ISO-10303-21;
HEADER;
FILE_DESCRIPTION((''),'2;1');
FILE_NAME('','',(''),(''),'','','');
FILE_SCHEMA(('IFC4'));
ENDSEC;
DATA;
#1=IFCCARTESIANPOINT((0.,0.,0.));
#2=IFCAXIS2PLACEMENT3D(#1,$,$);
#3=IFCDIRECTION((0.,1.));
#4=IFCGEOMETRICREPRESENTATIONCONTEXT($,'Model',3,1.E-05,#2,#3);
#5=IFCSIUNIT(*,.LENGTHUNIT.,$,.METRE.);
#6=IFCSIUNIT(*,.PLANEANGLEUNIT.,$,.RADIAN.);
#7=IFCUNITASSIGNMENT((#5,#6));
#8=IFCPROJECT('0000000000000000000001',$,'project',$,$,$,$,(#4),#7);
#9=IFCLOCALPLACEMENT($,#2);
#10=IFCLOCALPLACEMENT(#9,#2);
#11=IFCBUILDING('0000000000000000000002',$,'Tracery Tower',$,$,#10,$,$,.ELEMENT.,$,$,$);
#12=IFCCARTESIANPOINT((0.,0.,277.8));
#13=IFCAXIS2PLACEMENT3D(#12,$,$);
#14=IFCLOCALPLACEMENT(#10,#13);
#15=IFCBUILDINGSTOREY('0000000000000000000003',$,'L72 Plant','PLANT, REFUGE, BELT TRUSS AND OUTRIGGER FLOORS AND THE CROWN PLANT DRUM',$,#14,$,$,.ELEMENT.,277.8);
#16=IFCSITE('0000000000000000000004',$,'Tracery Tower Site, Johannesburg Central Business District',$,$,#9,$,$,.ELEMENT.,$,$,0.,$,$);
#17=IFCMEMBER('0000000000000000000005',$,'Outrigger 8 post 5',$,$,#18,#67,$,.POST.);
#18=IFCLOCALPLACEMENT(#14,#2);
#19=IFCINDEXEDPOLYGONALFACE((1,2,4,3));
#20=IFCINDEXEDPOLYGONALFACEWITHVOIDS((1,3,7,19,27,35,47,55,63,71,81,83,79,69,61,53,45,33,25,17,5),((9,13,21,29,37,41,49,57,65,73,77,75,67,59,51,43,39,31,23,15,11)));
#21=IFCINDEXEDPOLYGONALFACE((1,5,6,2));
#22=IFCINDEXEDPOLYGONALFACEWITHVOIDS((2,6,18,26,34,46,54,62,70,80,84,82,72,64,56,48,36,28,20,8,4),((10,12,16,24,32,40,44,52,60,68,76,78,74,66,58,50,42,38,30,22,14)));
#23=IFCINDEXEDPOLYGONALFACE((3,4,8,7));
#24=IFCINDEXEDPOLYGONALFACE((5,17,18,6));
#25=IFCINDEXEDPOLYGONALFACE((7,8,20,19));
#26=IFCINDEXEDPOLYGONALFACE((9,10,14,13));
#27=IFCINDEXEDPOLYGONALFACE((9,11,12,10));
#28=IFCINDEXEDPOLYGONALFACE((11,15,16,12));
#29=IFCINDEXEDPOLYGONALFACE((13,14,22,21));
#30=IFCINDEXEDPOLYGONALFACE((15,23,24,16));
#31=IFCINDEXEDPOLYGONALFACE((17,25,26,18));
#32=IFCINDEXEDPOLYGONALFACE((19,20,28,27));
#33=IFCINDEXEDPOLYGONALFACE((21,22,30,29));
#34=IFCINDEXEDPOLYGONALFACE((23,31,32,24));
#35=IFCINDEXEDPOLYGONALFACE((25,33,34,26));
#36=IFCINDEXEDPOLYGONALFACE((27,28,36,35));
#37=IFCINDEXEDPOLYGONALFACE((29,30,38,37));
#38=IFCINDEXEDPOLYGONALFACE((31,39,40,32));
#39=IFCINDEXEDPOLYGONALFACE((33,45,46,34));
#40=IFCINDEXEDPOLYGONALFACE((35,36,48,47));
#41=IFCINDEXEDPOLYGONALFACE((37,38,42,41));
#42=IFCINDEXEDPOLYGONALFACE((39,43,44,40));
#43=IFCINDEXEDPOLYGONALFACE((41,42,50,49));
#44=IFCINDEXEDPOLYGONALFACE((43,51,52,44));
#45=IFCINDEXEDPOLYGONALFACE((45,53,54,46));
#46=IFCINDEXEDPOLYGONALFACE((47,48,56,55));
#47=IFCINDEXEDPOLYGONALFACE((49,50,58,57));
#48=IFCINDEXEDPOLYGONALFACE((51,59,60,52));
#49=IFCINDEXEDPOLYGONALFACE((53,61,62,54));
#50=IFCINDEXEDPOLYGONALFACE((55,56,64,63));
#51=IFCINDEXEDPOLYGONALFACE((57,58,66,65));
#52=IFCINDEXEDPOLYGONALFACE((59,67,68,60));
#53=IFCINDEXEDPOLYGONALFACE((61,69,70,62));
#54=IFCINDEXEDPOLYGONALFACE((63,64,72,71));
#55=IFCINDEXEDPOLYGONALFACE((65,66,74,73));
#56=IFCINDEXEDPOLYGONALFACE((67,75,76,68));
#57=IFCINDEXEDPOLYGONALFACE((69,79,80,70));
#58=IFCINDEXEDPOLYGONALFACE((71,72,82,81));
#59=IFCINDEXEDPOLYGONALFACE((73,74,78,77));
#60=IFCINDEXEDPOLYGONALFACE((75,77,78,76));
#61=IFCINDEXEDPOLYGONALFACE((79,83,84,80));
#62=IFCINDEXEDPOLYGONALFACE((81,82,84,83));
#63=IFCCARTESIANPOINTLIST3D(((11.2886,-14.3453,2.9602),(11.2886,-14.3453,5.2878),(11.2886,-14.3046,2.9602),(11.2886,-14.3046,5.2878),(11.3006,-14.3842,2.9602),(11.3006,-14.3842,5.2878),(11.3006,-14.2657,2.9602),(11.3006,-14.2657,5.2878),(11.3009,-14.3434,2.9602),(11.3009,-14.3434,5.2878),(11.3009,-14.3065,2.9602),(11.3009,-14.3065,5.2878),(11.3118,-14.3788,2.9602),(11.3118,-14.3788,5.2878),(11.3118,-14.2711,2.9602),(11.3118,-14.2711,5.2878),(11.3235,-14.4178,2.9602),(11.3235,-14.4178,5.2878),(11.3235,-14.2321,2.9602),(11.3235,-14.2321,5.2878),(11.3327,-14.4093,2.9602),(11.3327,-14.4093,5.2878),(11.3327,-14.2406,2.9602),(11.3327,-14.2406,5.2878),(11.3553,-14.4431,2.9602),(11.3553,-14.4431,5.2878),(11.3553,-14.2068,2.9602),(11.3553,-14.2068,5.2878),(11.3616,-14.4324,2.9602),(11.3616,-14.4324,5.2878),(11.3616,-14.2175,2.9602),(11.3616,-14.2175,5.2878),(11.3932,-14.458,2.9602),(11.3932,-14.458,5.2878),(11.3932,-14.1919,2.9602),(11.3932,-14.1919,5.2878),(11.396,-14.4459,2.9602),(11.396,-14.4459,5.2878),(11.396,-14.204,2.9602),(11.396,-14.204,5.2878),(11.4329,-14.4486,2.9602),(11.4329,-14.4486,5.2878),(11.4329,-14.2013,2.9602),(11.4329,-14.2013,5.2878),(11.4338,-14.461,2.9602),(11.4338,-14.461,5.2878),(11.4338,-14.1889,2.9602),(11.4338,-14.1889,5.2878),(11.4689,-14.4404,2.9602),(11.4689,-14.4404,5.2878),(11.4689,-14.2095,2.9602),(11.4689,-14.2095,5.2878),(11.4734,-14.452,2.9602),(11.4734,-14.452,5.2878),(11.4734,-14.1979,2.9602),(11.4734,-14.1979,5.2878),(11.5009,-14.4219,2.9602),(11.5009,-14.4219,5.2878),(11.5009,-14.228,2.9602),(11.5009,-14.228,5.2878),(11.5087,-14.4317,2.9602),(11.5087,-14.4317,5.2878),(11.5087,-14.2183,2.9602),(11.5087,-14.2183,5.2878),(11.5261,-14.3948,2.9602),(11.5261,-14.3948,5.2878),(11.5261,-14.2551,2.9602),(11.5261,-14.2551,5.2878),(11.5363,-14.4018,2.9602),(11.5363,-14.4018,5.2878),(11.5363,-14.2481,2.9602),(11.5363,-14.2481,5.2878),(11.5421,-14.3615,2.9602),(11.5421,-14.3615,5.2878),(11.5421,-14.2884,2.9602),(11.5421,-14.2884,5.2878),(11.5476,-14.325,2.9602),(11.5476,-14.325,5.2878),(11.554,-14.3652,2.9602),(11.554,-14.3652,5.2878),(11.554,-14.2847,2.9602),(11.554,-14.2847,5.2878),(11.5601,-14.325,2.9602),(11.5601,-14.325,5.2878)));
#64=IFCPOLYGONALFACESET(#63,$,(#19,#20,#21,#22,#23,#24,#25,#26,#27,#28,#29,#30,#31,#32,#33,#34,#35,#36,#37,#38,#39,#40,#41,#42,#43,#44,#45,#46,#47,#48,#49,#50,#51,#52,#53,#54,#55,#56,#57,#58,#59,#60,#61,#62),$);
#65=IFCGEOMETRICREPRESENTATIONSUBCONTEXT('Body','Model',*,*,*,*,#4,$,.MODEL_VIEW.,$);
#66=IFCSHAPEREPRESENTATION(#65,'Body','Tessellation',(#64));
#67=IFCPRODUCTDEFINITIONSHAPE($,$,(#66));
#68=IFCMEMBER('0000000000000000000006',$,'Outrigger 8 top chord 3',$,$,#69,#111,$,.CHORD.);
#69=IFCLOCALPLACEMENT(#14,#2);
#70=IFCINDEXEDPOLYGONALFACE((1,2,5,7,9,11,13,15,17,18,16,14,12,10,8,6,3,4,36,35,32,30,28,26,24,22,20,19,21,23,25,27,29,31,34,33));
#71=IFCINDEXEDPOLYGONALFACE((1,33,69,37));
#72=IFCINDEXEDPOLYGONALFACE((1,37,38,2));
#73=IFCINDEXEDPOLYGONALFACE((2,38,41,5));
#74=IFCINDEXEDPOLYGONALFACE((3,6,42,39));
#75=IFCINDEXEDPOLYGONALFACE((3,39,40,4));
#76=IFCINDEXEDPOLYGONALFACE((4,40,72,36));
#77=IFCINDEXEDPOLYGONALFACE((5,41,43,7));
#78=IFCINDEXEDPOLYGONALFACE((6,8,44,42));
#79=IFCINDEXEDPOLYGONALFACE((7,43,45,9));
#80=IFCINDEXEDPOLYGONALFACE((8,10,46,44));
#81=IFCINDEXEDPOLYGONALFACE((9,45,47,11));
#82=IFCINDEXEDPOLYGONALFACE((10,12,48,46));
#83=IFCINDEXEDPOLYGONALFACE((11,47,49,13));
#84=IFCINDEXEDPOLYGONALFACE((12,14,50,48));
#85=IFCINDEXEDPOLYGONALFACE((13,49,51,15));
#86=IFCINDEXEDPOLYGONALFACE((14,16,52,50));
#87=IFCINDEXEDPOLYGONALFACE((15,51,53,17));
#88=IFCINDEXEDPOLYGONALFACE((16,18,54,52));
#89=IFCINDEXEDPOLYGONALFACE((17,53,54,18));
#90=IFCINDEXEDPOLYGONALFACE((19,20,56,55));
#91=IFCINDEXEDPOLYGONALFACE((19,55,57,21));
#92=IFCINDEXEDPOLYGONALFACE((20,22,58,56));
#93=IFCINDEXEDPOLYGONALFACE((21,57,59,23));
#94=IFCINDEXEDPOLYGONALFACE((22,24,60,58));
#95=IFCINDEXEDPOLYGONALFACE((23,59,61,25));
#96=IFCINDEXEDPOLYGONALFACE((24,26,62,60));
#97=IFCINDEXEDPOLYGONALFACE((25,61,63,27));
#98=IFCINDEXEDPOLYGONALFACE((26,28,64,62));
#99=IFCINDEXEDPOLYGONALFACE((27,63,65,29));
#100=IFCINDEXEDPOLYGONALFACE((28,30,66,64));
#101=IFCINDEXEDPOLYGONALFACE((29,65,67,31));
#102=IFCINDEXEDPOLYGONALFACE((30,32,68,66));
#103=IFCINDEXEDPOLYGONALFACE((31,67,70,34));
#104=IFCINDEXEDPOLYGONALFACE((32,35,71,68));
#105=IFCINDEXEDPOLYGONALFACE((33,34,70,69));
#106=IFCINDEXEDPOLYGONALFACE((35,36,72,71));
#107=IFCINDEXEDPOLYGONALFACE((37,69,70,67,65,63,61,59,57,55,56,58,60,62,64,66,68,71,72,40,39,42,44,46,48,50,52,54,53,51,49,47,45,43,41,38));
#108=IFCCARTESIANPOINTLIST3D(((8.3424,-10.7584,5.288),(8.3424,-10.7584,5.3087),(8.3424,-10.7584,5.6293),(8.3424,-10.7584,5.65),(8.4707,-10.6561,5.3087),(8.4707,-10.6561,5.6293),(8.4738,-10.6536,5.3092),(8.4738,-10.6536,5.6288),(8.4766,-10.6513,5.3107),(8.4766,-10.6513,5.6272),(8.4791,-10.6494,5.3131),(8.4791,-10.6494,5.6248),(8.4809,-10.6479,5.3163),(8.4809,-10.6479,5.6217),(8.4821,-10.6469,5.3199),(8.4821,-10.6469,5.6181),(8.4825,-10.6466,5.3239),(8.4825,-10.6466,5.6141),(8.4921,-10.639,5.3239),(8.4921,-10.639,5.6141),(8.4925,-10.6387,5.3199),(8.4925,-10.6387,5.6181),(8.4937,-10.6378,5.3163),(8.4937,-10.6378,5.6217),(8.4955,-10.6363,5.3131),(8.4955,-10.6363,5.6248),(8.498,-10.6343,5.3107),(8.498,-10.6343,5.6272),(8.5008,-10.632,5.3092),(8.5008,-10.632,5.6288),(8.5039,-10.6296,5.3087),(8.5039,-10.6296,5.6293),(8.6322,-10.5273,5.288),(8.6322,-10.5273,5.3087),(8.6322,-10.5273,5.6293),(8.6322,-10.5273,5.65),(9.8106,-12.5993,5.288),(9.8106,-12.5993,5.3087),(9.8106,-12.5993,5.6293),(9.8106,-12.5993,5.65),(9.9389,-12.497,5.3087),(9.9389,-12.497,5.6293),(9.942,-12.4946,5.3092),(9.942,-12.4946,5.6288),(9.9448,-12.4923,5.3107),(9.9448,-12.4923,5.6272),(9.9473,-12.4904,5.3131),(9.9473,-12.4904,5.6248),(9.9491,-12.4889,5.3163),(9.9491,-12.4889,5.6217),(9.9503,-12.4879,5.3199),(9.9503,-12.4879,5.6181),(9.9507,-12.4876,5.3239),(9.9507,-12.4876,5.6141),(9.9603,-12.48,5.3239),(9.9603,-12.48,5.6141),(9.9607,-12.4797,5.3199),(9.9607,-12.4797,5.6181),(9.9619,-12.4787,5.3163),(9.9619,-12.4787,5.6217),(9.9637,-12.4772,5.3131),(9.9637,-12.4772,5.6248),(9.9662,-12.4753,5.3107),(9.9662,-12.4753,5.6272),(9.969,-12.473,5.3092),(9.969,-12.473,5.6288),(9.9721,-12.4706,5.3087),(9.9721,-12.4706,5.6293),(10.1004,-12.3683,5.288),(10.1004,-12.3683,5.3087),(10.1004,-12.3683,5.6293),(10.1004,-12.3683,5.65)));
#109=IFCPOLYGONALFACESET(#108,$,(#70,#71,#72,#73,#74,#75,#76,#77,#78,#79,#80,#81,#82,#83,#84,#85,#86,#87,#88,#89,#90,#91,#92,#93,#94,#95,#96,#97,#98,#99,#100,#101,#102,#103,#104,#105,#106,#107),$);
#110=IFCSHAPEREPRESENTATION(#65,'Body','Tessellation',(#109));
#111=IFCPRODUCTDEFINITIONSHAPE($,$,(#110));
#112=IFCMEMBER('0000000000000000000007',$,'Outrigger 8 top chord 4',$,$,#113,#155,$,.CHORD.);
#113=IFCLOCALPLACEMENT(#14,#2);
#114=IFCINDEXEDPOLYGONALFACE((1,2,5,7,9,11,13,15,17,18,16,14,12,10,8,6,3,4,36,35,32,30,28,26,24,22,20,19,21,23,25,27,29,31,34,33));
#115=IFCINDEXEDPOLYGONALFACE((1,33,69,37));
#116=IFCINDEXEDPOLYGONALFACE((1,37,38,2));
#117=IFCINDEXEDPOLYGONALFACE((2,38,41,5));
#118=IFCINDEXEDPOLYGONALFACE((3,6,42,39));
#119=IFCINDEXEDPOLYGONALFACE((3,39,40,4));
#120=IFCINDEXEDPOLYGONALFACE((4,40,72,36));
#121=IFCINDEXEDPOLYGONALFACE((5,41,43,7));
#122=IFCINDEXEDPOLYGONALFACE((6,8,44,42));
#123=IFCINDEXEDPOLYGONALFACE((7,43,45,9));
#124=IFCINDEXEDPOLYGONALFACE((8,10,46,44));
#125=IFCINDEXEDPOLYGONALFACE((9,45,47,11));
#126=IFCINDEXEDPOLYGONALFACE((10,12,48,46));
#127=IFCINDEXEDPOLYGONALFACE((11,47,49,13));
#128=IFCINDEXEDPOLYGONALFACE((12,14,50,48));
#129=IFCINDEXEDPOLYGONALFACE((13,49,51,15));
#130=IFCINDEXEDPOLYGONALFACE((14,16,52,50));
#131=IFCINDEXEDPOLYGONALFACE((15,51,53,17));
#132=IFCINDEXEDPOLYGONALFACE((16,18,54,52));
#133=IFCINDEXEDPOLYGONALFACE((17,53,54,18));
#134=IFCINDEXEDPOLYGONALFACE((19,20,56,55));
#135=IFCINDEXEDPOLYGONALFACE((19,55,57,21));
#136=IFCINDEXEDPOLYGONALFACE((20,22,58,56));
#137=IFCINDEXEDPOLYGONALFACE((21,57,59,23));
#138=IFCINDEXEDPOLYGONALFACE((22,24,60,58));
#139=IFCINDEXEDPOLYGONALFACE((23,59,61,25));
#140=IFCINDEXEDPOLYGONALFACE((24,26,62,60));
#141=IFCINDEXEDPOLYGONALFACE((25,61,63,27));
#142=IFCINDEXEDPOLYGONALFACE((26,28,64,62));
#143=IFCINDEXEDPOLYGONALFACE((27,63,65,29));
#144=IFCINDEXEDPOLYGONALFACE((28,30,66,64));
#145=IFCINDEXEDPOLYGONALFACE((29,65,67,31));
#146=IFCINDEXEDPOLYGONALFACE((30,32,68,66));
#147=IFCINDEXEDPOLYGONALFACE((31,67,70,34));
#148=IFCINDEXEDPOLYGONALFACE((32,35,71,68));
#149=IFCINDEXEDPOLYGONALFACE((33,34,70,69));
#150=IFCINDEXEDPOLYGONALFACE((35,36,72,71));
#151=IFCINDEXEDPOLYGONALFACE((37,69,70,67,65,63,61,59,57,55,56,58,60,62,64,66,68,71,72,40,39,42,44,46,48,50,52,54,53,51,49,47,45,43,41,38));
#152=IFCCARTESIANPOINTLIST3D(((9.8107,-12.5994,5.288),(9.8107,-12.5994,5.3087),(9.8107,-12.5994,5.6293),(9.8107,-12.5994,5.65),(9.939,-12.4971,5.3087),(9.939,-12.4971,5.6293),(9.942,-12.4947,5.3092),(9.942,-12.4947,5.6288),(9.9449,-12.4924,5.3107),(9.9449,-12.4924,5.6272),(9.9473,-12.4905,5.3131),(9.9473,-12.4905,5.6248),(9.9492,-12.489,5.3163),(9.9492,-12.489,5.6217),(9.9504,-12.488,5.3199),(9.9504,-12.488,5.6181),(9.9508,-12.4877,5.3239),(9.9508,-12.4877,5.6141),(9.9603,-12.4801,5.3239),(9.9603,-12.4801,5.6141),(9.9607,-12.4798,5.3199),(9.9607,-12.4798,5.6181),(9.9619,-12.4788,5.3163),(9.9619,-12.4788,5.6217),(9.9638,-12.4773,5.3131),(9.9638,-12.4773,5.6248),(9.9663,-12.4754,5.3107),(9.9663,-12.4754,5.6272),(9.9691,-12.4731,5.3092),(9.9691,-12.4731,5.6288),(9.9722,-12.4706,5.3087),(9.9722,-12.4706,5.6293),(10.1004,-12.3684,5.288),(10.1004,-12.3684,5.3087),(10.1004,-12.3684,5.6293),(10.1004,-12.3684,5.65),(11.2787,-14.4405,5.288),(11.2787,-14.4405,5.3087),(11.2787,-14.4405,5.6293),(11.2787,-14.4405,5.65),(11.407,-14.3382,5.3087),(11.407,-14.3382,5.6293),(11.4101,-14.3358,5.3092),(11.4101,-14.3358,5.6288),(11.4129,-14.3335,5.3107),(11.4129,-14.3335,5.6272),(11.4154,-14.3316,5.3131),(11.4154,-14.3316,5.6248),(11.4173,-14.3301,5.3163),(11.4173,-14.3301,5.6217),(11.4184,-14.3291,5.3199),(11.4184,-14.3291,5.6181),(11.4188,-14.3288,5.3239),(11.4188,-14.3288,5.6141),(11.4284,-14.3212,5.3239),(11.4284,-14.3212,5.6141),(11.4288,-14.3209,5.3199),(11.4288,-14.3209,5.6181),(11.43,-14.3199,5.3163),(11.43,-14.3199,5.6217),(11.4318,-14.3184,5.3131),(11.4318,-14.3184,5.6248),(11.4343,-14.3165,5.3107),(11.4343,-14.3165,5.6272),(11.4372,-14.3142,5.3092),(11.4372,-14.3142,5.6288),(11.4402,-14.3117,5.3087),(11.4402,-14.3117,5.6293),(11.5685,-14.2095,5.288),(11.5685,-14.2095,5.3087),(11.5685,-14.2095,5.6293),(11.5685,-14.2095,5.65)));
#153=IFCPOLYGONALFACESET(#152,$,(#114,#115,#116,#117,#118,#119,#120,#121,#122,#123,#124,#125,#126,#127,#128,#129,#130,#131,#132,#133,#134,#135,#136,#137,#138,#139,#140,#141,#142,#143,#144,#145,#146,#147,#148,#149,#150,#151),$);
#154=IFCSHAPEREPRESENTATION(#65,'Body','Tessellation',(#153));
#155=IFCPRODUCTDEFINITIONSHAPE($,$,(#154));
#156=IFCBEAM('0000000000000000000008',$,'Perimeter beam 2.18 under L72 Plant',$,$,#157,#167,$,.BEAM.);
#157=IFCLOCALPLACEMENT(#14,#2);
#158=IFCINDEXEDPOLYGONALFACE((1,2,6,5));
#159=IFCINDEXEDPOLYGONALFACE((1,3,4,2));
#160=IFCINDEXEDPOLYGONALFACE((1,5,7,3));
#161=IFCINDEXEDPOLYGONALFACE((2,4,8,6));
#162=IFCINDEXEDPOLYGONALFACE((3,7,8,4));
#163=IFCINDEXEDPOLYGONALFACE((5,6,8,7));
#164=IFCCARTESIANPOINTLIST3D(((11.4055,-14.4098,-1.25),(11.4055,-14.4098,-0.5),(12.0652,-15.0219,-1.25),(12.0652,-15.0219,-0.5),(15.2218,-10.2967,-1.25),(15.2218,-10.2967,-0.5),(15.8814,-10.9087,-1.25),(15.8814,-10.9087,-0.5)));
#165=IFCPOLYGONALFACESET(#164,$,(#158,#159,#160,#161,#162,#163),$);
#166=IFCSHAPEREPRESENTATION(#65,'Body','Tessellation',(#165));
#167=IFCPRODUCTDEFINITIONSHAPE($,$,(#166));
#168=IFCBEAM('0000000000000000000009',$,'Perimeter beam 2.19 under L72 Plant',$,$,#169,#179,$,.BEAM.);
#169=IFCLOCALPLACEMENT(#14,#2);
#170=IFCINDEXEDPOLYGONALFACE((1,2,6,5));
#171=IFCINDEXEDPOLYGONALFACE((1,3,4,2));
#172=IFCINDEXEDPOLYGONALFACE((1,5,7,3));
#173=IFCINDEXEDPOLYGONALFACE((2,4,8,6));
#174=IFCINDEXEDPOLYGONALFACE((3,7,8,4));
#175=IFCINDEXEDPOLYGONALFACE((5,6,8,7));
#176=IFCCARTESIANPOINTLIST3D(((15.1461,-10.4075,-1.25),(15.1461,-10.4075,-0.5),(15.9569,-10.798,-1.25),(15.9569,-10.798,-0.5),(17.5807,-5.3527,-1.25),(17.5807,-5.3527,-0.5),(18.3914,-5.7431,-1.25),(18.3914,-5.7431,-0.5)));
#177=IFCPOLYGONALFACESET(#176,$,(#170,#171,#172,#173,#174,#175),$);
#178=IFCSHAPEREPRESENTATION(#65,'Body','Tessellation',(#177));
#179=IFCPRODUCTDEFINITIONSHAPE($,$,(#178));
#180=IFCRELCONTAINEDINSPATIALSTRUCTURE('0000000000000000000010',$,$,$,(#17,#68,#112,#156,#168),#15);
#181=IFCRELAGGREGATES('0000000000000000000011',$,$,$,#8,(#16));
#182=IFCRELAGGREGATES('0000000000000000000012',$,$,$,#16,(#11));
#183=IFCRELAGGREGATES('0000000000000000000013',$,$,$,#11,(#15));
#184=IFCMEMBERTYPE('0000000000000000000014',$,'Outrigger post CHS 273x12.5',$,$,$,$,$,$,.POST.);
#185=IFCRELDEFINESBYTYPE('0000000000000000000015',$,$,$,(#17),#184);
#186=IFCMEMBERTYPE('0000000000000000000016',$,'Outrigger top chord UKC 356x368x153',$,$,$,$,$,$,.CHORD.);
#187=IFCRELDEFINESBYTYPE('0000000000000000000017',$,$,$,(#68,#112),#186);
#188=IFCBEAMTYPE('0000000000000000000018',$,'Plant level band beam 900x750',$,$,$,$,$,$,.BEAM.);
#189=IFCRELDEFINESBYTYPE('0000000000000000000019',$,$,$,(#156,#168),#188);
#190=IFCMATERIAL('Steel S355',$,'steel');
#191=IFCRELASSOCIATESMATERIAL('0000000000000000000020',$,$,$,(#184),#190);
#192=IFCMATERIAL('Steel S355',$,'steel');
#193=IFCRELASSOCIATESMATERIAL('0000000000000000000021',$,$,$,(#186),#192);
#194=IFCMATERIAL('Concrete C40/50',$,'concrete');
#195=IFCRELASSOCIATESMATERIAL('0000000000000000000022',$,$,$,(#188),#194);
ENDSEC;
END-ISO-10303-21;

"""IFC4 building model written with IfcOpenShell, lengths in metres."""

from ifc_helpers import new_model, si_unit, direction, frame, origin, origin_2d, place, context, subcontext, project, spatial, rectangle, hollow_circle, i_section, extrude, material, material_profile, profile_set, type_object, element, save


model = new_model("IFC4")

# Units and contexts
model_context = context("Model", 3, precision=1e-05, world=origin(), true_north=direction((0.0, 1.0)))
body_context = subcontext(model_context, "Body", "Model", "MODEL_VIEW")
ifc_project = project(units=[si_unit("LENGTHUNIT", "METRE"), si_unit("PLANEANGLEUNIT", "RADIAN")], contexts=[model_context])

# Site, building, storey
site_placement = place(None, origin())
site = spatial("IfcSite", under=ifc_project, at=site_placement, Name="Tracery Tower Site, Johannesburg Central Business District", CompositionType="ELEMENT", RefElevation=0.0)
building_placement = place(site_placement, origin())
building = spatial("IfcBuilding", under=site, at=building_placement, Name="Tracery Tower", CompositionType="ELEMENT")
storey_placement = place(building_placement, frame((0.0, 0.0, 277.8)))
storey = spatial("IfcBuildingStorey", under=building, at=storey_placement, Name="L72 Plant", Description="PLANT, REFUGE, BELT TRUSS AND OUTRIGGER FLOORS AND THE CROWN PLANT DRUM", CompositionType="ELEMENT", Elevation=277.8)

# Members
ifc_material_1 = material(Name="Steel S355", Category="steel")
ifc_material_profile_1 = material_profile(ifc_material_1, hollow_circle(Radius=0.1365, WallThickness=0.0125, at=origin_2d()), Name="CHS 273x12.5")
ifc_profile_set_1 = profile_set([ifc_material_profile_1], Name="Steel S355")
member_type_1 = type_object("IfcMemberType", Name="Outrigger post CHS 273x12.5", PredefinedType="POST", material=ifc_profile_set_1)
for number, where, z_axis, x_axis, name in (
    (1, (11.4236, -14.325, 2.9602), (0.0, 0.0, 1.0), (1.0, 0.0, 0.0), "Outrigger 8 post 5"),
):
    element("IfcMember", number, at=place(storey_placement, frame(where, z_axis=z_axis, x_axis=x_axis)), inside=storey, type_object=member_type_1, Name=name, PredefinedType="POST", context=body_context, shape_type="SweptSolid", body=[
        extrude(hollow_circle(Radius=0.1365, WallThickness=0.0125, at=origin_2d()), origin(), (0.0, 0.0, 1.0), 2.3276),
    ])
ifc_material_2 = material(Name="Steel S355", Category="steel")
ifc_material_profile_2 = material_profile(ifc_material_2, i_section(OverallWidth=0.3706, OverallDepth=0.3621, WebThickness=0.0122, FlangeThickness=0.0208, FilletRadius=0.0151, at=origin_2d()), Name="UKC 356x368x153")
ifc_profile_set_2 = profile_set([ifc_material_profile_2], Name="Steel S355")
member_type_2 = type_object("IfcMemberType", Name="Outrigger top chord UKC 356x368x153", PredefinedType="CHORD", material=ifc_profile_set_2)
for number, where, z_axis, x_axis, name in (
    (2, (8.4873, -10.6428, 5.469), (0.623506, -0.781819, 0.0), (0.781819, 0.623506, 0.0), "Outrigger 8 top chord 3"),
    (3, (9.9556, -12.4839, 5.469), (0.623442, -0.781869, 0.0), (0.781869, 0.623442, 0.0), "Outrigger 8 top chord 4"),
):
    element("IfcMember", number, at=place(storey_placement, frame(where, z_axis=z_axis, x_axis=x_axis)), inside=storey, type_object=member_type_2, Name=name, PredefinedType="CHORD", context=body_context, shape_type="SweptSolid", body=[
        extrude(i_section(OverallWidth=0.3706, OverallDepth=0.3621, WebThickness=0.0122, FlangeThickness=0.0208, FilletRadius=0.0151, at=origin_2d()), origin(), (0.0, 0.0, 1.0), 2.3547),
    ])

# Beams
ifc_material_3 = material(Name="Concrete C40/50", Category="concrete")
ifc_material_profile_3 = material_profile(ifc_material_3, rectangle(XDim=0.8999, YDim=0.75, at=origin_2d()), Name="RC 900x750")
ifc_profile_set_3 = profile_set([ifc_material_profile_3], Name="Concrete C40/50")
beam_type = type_object("IfcBeamType", Name="Plant level band beam 900x750", PredefinedType="BEAM", material=ifc_profile_set_3)
beam_1_placement = place(storey_placement, frame((11.7354, -14.7158, -0.875), z_axis=(0.680156, 0.733068, 0.0), x_axis=(-0.733068, 0.680156, 0.0)))
element("IfcBeam", 4, at=beam_1_placement, inside=storey, type_object=beam_type, Name="Perimeter beam 2.18 under L72 Plant", PredefinedType="BEAM", context=body_context, shape_type="SweptSolid", body=[
    extrude(rectangle(XDim=0.8999, YDim=0.75, at=origin_2d()), origin(), (0.0, 0.0, 1.0), 5.6108),
])
beam_2_placement = place(storey_placement, frame((15.5515, -10.6028, -0.875), z_axis=(0.433919, 0.900952, 0.0), x_axis=(-0.900952, 0.433919, 0.0)))
element("IfcBeam", 5, at=beam_2_placement, inside=storey, type_object=beam_type, Name="Perimeter beam 2.19 under L72 Plant", PredefinedType="BEAM", context=body_context, shape_type="SweptSolid", body=[
    extrude(rectangle(XDim=0.8999, YDim=0.75, at=origin_2d()), origin(), (0.0, 0.0, 1.0), 5.6106),
])

save(model, "model.ifc")
